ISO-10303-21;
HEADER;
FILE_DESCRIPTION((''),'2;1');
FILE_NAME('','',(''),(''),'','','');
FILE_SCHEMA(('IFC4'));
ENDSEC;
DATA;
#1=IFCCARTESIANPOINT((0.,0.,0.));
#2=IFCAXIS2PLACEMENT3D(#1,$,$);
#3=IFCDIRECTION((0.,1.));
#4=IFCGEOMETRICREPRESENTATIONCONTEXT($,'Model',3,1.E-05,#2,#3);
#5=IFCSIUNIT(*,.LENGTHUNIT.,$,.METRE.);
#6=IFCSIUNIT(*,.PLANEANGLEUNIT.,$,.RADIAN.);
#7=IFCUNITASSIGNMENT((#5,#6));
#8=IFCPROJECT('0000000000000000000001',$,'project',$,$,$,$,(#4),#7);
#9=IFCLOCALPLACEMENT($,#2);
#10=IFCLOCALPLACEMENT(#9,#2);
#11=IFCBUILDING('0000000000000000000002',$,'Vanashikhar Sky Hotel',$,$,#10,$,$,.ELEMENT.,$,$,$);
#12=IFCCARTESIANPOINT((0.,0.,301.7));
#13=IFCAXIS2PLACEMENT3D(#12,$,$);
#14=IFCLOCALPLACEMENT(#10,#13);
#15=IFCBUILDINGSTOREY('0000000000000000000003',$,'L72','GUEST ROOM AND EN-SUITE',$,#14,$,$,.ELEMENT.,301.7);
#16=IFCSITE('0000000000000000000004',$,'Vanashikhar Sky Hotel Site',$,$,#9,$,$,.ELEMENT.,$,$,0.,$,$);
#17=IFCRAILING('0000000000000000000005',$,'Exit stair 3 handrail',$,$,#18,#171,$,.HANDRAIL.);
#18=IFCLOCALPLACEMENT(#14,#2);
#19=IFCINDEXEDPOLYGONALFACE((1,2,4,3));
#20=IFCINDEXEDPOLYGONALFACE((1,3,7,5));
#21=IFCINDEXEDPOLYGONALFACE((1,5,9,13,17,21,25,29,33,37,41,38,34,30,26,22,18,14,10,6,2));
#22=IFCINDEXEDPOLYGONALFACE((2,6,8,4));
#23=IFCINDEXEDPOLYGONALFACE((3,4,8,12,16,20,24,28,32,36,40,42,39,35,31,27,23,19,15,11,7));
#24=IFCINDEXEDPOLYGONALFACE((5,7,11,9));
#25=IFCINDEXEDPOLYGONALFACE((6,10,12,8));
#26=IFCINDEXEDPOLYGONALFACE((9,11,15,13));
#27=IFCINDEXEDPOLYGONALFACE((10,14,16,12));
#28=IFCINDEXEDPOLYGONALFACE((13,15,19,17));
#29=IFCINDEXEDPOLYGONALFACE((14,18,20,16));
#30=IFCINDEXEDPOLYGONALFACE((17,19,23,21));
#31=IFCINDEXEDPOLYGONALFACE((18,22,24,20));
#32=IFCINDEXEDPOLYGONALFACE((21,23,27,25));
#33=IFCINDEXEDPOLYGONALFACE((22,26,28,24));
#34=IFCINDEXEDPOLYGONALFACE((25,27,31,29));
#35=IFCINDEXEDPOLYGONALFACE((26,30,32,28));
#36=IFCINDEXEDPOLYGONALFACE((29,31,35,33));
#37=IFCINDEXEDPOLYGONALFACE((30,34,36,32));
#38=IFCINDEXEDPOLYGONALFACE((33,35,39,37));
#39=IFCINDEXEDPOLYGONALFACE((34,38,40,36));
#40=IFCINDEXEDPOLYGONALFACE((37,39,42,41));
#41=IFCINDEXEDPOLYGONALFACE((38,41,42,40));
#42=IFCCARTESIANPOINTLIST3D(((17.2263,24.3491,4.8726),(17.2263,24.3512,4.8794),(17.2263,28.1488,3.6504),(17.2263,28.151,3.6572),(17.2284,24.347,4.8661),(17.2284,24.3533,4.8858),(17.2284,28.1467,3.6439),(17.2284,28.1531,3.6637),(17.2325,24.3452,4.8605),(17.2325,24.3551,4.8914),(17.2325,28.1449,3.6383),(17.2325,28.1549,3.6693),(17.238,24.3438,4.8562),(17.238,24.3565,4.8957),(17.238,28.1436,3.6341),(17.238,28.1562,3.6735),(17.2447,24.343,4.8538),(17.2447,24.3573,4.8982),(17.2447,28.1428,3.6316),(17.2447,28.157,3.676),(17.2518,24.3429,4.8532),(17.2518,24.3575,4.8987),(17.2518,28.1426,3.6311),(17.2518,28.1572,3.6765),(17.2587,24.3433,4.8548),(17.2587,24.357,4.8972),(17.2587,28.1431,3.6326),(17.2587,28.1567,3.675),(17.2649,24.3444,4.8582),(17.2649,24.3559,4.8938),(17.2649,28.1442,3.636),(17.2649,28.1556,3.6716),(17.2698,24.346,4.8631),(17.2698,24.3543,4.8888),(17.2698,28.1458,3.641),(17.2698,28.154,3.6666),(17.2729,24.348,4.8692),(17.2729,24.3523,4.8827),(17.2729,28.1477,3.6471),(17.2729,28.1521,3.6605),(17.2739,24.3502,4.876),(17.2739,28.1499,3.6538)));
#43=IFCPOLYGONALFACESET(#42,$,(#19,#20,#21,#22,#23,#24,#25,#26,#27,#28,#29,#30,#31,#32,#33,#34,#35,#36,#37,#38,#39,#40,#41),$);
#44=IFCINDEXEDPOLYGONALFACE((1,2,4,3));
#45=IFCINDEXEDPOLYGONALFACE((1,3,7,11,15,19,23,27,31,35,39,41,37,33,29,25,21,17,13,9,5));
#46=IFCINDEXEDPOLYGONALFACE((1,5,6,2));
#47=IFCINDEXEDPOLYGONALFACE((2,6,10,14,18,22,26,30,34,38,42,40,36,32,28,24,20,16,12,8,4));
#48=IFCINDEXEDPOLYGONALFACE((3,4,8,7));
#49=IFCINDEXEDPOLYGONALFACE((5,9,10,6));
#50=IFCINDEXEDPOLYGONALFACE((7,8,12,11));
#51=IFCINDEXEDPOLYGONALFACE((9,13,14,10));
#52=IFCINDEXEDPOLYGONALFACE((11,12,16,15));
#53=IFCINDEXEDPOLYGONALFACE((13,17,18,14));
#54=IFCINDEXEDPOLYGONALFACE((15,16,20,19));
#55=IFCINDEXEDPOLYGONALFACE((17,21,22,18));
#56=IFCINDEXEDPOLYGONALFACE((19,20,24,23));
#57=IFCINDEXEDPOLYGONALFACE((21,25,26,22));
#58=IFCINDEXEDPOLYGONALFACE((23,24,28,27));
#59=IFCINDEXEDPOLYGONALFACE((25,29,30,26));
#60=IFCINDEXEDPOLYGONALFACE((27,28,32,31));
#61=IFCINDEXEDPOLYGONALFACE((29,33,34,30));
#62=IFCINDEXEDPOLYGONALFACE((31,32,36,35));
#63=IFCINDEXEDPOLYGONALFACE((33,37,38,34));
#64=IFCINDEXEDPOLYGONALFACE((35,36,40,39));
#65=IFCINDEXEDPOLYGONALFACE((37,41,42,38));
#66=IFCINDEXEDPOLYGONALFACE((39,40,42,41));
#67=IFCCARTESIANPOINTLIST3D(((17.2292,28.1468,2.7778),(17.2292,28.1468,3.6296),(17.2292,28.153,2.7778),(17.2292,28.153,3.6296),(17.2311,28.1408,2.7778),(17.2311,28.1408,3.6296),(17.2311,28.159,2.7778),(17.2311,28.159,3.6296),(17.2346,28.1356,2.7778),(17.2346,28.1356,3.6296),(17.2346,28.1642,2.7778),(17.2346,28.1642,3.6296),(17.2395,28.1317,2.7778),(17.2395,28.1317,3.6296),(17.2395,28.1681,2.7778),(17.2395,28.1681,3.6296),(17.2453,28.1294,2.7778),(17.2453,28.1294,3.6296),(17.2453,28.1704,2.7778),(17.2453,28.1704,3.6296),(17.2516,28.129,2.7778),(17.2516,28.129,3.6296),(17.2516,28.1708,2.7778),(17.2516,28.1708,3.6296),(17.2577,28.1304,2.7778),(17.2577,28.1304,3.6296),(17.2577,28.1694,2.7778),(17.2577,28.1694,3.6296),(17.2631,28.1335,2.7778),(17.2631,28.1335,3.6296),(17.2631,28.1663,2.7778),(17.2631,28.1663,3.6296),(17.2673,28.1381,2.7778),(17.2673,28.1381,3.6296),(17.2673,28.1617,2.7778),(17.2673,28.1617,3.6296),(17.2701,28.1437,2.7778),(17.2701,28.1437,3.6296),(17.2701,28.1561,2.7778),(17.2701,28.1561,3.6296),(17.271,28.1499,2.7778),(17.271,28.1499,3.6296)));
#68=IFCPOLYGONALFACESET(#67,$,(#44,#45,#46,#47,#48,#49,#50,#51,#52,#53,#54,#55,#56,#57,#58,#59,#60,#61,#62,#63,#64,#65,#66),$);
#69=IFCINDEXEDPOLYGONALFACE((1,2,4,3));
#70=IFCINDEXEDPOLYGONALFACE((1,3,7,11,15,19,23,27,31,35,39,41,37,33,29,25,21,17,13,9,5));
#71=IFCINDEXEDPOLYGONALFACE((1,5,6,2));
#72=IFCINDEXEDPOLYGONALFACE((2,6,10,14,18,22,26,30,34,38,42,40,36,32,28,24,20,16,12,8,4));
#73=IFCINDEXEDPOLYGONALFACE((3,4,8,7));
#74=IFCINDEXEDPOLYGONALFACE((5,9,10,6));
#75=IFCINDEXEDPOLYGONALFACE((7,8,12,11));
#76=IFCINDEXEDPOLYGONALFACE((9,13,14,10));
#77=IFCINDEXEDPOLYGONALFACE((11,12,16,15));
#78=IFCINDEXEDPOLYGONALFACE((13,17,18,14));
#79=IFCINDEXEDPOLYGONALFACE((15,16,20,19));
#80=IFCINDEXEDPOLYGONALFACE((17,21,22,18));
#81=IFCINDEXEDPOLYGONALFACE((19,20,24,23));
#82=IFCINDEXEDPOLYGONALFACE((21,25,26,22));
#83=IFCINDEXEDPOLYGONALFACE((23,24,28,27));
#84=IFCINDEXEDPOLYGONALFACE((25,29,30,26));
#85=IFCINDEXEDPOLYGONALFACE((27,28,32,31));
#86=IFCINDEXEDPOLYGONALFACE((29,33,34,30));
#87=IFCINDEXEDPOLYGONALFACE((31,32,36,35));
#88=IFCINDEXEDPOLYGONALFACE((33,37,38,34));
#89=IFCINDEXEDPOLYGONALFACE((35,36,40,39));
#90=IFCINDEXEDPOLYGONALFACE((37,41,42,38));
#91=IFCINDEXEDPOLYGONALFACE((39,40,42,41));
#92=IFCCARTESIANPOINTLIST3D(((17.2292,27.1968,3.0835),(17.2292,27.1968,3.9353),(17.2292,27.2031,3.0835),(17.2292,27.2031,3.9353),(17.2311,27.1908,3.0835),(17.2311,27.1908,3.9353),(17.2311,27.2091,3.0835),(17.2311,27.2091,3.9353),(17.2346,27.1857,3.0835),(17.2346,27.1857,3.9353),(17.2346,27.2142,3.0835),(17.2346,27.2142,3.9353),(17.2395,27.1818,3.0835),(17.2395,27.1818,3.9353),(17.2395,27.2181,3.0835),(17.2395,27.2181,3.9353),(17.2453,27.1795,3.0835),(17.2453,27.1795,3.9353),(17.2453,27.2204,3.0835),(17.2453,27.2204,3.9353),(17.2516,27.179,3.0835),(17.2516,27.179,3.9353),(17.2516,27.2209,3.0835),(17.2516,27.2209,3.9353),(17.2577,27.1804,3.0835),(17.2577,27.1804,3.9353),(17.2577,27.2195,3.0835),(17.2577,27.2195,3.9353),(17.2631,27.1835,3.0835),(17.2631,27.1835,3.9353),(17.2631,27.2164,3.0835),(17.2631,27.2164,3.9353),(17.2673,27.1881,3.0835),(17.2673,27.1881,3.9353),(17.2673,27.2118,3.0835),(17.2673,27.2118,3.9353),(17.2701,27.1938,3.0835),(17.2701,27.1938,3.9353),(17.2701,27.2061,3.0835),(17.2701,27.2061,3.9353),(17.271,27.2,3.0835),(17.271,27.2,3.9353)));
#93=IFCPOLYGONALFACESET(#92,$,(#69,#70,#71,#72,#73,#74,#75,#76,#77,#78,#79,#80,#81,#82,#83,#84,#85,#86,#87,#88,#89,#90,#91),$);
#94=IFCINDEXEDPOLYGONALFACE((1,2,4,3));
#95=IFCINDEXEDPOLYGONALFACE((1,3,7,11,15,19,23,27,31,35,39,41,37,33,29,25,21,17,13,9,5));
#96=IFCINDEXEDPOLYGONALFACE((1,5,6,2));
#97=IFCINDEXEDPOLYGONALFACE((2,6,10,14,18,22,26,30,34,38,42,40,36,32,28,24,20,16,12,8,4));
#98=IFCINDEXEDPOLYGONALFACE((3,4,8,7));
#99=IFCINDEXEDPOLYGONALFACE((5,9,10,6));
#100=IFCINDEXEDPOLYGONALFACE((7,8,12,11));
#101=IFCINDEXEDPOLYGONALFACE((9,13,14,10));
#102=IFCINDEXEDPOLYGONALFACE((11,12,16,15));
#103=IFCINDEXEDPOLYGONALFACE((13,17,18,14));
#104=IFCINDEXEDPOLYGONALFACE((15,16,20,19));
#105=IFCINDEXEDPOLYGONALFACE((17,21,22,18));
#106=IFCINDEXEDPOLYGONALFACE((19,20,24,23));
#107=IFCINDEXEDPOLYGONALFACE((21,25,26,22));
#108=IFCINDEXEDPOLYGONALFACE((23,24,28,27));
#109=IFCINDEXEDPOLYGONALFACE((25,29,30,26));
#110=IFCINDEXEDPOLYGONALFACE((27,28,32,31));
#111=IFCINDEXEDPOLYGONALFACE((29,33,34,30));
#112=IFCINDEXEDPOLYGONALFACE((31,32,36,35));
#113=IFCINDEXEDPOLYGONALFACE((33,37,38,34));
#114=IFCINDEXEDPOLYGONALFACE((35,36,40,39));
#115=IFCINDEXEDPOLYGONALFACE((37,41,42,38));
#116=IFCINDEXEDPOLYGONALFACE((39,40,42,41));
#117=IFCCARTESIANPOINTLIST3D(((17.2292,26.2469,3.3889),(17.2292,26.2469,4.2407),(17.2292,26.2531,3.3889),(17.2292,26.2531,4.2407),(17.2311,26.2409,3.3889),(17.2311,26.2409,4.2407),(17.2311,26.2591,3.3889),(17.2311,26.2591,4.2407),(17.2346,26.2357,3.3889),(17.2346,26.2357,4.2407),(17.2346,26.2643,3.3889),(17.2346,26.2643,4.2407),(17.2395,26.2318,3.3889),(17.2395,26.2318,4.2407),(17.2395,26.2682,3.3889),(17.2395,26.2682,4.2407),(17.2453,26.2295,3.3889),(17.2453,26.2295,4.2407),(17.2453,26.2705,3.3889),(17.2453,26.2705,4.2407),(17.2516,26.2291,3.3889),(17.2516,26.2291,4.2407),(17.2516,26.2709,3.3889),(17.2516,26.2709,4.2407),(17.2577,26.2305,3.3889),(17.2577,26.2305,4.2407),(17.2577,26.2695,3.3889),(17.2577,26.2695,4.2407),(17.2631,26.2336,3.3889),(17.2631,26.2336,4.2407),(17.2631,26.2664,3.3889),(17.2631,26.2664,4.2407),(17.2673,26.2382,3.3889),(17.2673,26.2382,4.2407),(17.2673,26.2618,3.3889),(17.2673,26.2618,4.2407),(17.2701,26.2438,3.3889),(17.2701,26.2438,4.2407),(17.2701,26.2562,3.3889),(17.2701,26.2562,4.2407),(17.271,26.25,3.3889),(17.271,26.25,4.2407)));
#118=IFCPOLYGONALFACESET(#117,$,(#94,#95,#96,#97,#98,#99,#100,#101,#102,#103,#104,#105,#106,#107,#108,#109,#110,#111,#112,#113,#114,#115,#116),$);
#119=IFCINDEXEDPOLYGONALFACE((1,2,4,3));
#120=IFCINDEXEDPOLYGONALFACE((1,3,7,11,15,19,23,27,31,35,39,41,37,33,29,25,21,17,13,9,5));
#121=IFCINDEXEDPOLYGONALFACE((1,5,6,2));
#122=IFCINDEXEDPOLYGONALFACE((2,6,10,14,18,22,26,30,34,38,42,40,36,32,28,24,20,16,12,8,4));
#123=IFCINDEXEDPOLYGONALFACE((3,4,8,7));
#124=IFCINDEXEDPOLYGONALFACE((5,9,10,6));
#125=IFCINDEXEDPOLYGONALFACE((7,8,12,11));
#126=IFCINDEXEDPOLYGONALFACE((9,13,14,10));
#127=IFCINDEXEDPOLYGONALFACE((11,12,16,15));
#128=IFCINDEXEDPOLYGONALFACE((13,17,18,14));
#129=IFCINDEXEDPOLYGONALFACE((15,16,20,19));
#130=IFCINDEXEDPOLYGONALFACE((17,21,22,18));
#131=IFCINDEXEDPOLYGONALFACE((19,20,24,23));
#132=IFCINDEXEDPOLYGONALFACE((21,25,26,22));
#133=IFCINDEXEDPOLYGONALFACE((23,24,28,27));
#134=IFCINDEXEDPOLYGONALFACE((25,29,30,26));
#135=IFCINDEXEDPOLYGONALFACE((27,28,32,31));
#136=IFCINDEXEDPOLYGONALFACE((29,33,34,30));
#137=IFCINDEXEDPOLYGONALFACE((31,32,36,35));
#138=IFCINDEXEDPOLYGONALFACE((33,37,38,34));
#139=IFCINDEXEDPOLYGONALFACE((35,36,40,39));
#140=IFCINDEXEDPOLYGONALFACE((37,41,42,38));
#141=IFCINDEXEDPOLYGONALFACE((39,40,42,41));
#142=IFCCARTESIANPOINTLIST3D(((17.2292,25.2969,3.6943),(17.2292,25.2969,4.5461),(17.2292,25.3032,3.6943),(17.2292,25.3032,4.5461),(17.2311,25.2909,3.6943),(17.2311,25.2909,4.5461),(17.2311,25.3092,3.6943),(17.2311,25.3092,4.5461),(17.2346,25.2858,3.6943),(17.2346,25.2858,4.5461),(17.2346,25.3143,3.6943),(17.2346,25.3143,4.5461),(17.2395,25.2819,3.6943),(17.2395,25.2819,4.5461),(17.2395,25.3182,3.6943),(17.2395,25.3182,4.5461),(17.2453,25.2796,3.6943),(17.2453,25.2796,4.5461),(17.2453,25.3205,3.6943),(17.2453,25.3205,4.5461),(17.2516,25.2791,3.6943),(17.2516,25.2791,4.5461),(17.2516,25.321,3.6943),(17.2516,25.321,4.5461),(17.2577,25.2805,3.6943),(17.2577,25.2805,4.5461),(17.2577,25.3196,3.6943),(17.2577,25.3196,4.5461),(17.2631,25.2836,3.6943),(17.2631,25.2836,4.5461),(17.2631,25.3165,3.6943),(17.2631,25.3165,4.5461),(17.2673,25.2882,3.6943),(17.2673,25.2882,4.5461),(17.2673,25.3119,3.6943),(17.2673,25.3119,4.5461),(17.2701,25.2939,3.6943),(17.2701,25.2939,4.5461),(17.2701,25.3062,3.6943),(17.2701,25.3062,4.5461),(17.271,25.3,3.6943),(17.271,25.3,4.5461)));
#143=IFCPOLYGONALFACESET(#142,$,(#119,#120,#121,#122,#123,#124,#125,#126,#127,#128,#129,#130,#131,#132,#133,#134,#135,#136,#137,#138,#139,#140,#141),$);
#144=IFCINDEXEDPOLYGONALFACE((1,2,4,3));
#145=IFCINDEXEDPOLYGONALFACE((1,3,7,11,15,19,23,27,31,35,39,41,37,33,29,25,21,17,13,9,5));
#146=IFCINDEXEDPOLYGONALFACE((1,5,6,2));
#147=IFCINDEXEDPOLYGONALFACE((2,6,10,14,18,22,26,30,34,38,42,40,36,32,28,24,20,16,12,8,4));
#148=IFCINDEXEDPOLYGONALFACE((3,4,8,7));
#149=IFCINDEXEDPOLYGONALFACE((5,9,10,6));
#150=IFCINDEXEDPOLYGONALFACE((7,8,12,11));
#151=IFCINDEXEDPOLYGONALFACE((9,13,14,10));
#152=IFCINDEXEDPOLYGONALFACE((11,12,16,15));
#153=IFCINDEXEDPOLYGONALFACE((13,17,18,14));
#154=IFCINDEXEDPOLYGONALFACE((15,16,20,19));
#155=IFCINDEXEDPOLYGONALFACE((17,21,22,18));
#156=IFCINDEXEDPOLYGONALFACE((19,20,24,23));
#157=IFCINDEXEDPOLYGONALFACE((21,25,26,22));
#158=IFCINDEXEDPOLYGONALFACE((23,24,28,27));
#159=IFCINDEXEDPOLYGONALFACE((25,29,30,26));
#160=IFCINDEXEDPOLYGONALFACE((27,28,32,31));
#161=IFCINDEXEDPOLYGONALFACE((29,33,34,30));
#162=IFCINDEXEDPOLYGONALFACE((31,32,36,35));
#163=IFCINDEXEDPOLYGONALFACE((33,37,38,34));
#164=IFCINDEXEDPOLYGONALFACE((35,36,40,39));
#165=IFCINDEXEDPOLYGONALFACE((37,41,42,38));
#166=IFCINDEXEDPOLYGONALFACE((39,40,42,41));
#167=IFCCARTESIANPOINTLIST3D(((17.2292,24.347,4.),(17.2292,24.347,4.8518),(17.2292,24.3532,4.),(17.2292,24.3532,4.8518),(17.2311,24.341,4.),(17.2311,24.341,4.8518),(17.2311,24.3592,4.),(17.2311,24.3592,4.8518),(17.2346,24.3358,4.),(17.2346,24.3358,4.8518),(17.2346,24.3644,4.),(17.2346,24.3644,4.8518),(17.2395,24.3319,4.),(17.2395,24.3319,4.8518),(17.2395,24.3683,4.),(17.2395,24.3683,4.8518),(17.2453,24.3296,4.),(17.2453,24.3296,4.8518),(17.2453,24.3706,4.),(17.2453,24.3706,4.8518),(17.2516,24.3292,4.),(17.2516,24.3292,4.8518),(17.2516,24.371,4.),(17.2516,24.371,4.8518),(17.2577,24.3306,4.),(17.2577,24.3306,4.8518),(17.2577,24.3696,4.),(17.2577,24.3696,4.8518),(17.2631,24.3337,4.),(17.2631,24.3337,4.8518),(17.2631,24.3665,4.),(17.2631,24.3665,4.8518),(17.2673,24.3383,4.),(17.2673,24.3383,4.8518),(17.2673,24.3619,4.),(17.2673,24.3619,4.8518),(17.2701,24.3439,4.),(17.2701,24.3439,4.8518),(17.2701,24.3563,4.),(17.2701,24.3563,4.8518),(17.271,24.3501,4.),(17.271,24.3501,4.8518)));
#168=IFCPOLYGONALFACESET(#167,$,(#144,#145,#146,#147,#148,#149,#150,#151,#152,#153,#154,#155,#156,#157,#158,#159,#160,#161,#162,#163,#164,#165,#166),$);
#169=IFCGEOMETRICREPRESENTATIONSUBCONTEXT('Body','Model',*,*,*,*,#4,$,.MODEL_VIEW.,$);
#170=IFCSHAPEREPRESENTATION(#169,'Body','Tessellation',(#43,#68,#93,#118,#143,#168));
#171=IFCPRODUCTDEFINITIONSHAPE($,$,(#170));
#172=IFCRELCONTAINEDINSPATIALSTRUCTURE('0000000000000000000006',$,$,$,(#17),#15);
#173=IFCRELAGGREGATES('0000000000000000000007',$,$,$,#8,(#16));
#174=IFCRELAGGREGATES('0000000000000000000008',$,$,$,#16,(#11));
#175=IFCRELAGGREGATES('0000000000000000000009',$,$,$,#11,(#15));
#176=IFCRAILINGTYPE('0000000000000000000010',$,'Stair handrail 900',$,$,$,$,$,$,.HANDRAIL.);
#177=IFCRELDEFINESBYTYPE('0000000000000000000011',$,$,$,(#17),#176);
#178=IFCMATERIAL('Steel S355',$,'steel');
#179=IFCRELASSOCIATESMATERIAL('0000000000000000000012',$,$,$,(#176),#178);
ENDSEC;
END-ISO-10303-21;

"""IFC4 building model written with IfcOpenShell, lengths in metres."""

from ifc_helpers import new_model, si_unit, direction, frame, origin, origin_2d, place, context, subcontext, project, spatial, circle, extrude, source, transform, mapped, material, type_object, element, save


model = new_model("IFC4")

# Units and contexts
model_context = context("Model", 3, precision=1e-05, world=origin(), true_north=direction((0.0, 1.0)))
body_context = subcontext(model_context, "Body", "Model", "MODEL_VIEW")
ifc_project = project(units=[si_unit("LENGTHUNIT", "METRE"), si_unit("PLANEANGLEUNIT", "RADIAN")], contexts=[model_context])

# Site, building, storey
site_placement = place(None, origin())
site = spatial("IfcSite", under=ifc_project, at=site_placement, Name="Vanashikhar Sky Hotel Site", CompositionType="ELEMENT", RefElevation=0.0)
building_placement = place(site_placement, origin())
building = spatial("IfcBuilding", under=site, at=building_placement, Name="Vanashikhar Sky Hotel", CompositionType="ELEMENT")
storey_placement = place(building_placement, frame((0.0, 0.0, 301.7)))
storey = spatial("IfcBuildingStorey", under=building, at=storey_placement, Name="L72", Description="GUEST ROOM AND EN-SUITE", CompositionType="ELEMENT", Elevation=301.7)

# Railing
ifc_material_1 = material(Name="Steel S355", Category="steel")
railing_type = type_object("IfcRailingType", Name="Stair handrail 900", PredefinedType="HANDRAIL", material=ifc_material_1)
shared_shape_1 = source(origin(), body_context, "Body", "SweptSolid", [
    extrude(circle(Radius=0.0239, at=origin_2d()), frame((0.0, 0.0, 0.876), z_axis=(0.0, -0.95197, 0.306191), x_axis=(1.0, 0.0, 0.0)), (0.0, 0.0, 1.0), 3.9915),
    extrude(circle(Radius=0.021, at=origin_2d()), origin(), (0.0, 0.0, 1.0), 0.8518),
    extrude(circle(Radius=0.021, at=origin_2d()), frame((0.0, -0.95, 0.3057)), (0.0, 0.0, 1.0), 0.8518),
    extrude(circle(Radius=0.021, at=origin_2d()), frame((0.0, -1.8999, 0.6111)), (0.0, 0.0, 1.0), 0.8518),
    extrude(circle(Radius=0.021, at=origin_2d()), frame((0.0, -2.8499, 0.9165)), (0.0, 0.0, 1.0), 0.8518),
    extrude(circle(Radius=0.021, at=origin_2d()), frame((0.0, -3.7998, 1.2222)), (0.0, 0.0, 1.0), 0.8518),
])
railing_1_placement = place(storey_placement, frame((17.25, 28.1499, 2.7778)))
element("IfcRailing", 1, at=railing_1_placement, inside=storey, type_object=railing_type, Name="Exit stair 3 handrail", PredefinedType="HANDRAIL", context=body_context, shape_type="MappedRepresentation", body=[
    mapped(shared_shape_1, transform((0.0, 0.0, 0.0), scale=1.0)),
])

save(model, "model.ifc")
